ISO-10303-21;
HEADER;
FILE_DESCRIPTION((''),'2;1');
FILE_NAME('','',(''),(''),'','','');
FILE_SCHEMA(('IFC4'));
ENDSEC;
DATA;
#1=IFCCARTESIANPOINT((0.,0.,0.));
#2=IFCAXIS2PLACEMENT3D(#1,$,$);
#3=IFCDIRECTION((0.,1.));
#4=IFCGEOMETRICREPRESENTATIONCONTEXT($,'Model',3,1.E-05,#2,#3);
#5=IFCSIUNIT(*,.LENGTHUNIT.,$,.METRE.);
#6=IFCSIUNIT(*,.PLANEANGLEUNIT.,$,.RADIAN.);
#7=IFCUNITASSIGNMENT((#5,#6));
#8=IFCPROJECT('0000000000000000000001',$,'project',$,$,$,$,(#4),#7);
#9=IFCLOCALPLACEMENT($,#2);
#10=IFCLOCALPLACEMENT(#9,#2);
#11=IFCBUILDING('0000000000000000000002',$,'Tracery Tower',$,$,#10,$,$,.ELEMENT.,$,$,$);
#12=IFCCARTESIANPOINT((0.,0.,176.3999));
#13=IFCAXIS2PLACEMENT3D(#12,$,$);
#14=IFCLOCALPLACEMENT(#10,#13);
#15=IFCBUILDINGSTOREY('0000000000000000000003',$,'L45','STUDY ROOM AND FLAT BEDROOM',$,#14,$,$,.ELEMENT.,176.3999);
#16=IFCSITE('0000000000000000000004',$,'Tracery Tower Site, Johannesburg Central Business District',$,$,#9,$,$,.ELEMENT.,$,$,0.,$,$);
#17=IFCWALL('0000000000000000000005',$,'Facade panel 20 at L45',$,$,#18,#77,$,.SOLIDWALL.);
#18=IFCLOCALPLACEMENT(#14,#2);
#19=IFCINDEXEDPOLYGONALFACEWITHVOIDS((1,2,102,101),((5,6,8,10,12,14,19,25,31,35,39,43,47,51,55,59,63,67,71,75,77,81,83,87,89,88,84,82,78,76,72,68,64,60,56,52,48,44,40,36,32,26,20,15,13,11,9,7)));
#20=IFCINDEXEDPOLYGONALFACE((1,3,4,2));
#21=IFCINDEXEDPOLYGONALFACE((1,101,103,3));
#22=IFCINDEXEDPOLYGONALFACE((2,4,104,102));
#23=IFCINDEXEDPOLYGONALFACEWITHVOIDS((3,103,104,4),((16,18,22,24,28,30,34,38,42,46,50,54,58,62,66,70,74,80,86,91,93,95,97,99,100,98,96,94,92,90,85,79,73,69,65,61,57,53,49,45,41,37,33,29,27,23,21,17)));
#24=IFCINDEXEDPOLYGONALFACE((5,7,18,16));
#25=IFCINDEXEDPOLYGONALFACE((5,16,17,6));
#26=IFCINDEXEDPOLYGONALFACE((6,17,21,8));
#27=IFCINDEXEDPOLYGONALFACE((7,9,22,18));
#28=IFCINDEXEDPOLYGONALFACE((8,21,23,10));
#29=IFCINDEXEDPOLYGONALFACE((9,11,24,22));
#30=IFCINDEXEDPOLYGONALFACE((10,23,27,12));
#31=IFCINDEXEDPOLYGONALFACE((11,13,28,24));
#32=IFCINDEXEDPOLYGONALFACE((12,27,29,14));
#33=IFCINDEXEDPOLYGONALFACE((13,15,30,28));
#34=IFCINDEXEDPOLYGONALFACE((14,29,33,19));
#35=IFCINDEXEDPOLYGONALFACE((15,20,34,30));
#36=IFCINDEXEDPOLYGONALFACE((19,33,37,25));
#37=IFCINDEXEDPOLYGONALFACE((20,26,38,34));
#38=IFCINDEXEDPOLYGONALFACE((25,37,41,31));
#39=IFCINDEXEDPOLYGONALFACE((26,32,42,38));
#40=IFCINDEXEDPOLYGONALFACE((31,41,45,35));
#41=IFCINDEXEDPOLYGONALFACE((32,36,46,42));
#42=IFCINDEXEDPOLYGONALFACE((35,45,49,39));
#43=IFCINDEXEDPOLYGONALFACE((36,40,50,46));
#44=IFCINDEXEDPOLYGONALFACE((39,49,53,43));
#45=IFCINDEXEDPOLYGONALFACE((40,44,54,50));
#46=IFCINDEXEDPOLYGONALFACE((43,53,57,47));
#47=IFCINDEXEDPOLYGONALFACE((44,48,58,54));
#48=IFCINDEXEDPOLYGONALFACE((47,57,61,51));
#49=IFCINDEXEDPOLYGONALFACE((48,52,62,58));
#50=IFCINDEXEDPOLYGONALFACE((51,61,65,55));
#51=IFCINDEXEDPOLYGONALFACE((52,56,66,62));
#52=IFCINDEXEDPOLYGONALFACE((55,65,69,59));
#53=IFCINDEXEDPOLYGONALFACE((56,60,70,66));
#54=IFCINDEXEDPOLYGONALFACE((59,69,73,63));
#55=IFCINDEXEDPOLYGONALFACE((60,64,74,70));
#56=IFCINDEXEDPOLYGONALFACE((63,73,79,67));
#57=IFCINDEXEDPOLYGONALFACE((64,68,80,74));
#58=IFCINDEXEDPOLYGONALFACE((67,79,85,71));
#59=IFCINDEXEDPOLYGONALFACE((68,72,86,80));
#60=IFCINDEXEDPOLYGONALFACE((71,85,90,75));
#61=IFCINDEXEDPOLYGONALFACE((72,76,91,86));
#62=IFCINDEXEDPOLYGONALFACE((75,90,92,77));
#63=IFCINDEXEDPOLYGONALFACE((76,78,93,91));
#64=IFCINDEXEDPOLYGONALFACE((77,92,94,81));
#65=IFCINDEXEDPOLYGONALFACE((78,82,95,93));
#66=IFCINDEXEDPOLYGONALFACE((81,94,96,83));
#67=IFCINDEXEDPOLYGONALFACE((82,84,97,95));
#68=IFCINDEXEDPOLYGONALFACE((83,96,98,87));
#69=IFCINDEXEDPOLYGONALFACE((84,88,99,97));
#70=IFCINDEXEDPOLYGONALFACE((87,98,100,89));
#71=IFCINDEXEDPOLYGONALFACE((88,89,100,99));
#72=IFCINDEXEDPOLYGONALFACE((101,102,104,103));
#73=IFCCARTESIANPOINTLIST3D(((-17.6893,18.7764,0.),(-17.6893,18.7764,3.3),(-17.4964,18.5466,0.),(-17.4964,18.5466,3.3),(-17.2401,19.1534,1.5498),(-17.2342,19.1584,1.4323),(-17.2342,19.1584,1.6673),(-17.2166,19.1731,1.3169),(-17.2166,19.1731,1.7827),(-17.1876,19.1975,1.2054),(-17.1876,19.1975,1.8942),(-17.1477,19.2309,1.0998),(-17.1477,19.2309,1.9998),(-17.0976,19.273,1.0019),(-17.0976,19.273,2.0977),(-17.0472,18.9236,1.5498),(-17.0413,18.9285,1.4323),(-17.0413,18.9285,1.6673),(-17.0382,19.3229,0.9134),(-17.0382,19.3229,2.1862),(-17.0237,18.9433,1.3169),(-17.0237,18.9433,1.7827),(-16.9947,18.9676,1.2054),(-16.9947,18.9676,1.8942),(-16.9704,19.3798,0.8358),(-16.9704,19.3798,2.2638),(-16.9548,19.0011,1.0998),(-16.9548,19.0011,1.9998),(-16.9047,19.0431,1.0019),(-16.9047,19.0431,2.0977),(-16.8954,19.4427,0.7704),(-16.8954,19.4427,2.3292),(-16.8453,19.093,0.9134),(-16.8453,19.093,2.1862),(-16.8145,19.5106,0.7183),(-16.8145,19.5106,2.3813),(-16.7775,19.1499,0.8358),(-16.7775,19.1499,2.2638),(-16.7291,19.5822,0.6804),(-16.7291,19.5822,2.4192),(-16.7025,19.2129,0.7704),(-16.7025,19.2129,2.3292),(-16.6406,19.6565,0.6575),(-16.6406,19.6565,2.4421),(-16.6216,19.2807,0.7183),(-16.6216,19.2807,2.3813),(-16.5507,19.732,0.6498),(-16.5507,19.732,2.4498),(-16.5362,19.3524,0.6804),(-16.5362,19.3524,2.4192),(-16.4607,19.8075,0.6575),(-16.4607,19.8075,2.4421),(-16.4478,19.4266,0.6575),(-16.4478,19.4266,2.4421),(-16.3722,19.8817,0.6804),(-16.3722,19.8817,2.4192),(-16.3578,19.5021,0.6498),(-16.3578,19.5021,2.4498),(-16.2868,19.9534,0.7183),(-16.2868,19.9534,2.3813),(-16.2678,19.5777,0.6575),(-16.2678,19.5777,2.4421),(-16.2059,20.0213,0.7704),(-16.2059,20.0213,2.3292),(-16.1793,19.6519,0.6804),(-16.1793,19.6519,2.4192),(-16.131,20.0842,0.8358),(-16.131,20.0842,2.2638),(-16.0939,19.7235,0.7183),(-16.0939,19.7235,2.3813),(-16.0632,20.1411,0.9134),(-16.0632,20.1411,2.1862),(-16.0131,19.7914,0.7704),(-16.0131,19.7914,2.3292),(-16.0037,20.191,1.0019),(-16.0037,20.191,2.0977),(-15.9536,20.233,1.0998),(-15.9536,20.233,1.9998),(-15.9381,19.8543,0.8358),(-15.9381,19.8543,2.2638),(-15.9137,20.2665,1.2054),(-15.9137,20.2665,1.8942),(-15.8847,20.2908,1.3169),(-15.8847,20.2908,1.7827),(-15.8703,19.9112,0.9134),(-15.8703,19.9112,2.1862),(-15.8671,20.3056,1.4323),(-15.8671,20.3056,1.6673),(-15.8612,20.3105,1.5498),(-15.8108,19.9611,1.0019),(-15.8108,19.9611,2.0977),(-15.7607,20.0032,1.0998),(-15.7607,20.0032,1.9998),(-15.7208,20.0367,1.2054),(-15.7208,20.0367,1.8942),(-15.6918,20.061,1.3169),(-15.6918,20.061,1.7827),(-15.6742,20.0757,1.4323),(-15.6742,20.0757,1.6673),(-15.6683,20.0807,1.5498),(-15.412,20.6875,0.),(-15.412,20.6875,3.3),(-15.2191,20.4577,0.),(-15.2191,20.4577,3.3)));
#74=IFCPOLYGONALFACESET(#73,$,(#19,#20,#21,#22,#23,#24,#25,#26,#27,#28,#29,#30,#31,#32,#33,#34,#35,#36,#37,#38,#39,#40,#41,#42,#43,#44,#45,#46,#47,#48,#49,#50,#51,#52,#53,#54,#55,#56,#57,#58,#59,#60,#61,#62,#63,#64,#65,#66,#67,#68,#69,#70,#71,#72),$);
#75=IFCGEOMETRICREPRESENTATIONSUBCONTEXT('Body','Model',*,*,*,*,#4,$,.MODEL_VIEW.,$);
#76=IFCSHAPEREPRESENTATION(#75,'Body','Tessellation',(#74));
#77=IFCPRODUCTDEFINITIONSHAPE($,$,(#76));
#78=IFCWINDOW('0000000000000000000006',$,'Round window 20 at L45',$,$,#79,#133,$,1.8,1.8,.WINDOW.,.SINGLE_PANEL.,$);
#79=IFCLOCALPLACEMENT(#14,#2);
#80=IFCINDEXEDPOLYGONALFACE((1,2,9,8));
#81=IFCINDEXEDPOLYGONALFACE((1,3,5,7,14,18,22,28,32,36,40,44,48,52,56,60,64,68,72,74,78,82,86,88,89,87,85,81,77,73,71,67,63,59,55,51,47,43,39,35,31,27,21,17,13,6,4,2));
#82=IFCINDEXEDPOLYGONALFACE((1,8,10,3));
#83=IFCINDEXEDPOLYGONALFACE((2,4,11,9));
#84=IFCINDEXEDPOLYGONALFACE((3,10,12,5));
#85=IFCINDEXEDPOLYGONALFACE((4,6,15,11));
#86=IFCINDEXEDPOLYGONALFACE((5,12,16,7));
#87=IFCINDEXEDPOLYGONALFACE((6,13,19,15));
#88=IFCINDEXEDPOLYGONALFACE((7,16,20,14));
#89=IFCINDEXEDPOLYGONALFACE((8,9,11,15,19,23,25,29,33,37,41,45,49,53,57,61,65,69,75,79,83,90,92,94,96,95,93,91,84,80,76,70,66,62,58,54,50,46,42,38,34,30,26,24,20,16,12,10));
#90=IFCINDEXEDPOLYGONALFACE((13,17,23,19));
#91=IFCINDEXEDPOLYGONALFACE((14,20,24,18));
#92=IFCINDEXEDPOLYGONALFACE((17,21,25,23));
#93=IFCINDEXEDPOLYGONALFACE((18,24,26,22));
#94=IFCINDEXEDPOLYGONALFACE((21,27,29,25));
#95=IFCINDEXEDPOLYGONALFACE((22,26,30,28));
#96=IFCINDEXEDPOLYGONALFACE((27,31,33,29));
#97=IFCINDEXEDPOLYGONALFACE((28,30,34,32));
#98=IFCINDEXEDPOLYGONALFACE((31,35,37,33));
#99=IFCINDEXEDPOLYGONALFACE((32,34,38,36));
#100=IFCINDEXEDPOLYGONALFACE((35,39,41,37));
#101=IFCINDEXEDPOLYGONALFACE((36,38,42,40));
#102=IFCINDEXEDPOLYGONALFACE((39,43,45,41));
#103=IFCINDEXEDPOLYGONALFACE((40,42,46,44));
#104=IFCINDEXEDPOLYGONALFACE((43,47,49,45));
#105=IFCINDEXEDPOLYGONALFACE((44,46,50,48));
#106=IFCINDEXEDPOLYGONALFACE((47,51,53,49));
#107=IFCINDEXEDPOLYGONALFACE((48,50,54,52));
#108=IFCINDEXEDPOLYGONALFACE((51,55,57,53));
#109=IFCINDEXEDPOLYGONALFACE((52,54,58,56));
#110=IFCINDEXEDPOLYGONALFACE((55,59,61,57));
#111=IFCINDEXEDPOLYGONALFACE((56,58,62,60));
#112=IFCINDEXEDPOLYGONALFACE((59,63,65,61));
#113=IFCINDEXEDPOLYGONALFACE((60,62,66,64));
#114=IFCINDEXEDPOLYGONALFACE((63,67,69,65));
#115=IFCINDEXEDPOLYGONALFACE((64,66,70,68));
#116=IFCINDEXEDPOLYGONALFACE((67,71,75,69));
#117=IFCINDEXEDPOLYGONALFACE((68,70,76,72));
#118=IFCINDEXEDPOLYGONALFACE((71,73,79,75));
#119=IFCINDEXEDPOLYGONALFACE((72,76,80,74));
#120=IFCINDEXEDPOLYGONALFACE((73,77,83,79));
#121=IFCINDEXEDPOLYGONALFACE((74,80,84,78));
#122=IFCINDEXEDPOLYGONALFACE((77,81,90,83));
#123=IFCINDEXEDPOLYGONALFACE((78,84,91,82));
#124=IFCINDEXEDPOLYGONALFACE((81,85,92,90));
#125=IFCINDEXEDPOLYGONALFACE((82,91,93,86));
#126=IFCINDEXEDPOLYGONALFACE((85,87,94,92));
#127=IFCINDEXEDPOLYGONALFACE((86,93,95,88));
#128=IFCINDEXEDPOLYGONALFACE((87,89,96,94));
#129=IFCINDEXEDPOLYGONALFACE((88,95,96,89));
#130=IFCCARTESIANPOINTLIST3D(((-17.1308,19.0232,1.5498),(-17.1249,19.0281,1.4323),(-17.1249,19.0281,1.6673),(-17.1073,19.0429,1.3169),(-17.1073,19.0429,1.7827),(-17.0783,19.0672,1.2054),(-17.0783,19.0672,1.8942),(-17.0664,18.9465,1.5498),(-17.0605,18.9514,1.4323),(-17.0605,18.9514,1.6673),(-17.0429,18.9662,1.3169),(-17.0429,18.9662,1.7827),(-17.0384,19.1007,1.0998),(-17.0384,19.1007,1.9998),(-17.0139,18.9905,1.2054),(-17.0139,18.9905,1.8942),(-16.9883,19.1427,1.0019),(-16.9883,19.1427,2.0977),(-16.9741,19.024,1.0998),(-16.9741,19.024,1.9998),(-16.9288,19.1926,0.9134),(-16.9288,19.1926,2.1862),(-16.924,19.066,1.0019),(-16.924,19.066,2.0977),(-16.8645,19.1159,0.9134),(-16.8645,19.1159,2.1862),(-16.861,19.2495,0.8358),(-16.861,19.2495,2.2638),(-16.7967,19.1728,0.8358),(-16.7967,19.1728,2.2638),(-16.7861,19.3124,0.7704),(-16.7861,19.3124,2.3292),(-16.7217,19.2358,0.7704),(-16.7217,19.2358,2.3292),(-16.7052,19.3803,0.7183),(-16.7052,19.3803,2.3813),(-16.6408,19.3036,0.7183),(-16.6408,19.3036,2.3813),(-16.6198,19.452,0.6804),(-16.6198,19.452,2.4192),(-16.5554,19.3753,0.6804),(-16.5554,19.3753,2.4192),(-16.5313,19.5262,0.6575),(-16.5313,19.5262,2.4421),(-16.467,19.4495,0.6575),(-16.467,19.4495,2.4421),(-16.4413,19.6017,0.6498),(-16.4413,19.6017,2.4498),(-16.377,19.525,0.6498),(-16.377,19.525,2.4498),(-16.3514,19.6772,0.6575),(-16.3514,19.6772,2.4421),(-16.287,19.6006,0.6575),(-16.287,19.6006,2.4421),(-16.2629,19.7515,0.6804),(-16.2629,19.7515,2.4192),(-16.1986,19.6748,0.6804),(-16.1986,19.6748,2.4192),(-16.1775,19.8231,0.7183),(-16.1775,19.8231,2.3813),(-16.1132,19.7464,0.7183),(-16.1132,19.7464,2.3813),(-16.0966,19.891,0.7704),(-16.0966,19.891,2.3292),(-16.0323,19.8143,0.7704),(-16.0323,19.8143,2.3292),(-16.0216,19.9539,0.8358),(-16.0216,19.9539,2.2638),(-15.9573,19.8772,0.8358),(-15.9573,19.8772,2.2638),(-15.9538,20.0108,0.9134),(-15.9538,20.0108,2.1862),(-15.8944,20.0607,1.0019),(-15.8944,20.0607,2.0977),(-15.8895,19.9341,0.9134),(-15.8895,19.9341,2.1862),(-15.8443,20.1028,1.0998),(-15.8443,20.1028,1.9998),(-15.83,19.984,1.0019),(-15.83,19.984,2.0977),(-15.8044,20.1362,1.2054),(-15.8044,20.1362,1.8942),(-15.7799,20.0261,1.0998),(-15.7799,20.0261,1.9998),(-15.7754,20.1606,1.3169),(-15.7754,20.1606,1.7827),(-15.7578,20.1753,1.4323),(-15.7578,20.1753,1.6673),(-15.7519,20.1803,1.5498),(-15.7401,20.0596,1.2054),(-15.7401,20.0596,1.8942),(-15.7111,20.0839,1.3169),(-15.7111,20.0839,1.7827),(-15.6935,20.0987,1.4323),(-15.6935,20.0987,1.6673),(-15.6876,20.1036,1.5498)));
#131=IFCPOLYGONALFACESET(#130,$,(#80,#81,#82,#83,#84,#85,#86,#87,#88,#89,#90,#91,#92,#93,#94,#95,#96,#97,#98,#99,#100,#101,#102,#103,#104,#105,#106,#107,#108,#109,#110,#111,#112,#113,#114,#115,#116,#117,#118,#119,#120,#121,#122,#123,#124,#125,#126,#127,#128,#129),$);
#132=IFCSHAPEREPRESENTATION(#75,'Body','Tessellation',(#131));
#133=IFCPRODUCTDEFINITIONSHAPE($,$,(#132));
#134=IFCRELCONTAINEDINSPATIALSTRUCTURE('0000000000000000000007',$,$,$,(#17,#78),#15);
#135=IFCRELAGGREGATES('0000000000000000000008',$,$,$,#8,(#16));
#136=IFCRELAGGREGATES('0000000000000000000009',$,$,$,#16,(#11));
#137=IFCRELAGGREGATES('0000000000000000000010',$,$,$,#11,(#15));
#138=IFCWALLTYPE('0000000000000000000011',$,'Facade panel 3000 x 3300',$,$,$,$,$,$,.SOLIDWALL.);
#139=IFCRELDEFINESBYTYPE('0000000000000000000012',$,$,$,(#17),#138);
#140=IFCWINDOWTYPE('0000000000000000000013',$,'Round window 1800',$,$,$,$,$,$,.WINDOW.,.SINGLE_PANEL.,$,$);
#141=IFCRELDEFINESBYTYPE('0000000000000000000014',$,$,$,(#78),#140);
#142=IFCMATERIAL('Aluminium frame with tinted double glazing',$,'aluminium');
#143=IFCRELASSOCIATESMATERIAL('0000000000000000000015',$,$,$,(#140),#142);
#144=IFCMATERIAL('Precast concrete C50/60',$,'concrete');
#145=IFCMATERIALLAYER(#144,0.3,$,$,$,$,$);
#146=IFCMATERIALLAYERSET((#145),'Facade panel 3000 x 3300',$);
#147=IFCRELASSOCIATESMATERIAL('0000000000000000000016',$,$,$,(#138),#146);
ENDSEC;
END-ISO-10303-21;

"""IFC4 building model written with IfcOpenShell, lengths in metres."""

from ifc_helpers import new_model, si_unit, direction, frame, frame_2d, origin, origin_2d, place, context, subcontext, project, spatial, rectangle, circle, extrude, material, layer, layer_set, type_object, element, fill, save


model = new_model("IFC4")

# Units and contexts
model_context = context("Model", 3, precision=1e-05, world=origin(), true_north=direction((0.0, 1.0)))
body_context = subcontext(model_context, "Body", "Model", "MODEL_VIEW")
ifc_project = project(units=[si_unit("LENGTHUNIT", "METRE"), si_unit("PLANEANGLEUNIT", "RADIAN")], contexts=[model_context])

# Site, building, storey
site_placement = place(None, origin())
site = spatial("IfcSite", under=ifc_project, at=site_placement, Name="Tracery Tower Site, Johannesburg Central Business District", CompositionType="ELEMENT", RefElevation=0.0)
building_placement = place(site_placement, origin())
building = spatial("IfcBuilding", under=site, at=building_placement, Name="Tracery Tower", CompositionType="ELEMENT")
storey_placement = place(building_placement, frame((0.0, 0.0, 176.3999)))
storey = spatial("IfcBuildingStorey", under=building, at=storey_placement, Name="L45", Description="STUDY ROOM AND FLAT BEDROOM", CompositionType="ELEMENT", Elevation=176.3999)

# Wall, opening, window
ifc_material_1 = material(Name="Aluminium frame with tinted double glazing", Category="aluminium")
window_type = type_object("IfcWindowType", Name="Round window 1800", PartitioningType="SINGLE_PANEL", PredefinedType="WINDOW", material=ifc_material_1)
ifc_material_2 = material(Name="Precast concrete C50/60", Category="concrete")
ifc_layer_1 = layer(ifc_material_2, 0.3)
ifc_layer_set_1 = layer_set([ifc_layer_1], Name="Facade panel 3000 x 3300")
wall_type_1 = type_object("IfcWallType", Name="Facade panel 3000 x 3300", PredefinedType="SOLIDWALL", material=ifc_layer_set_1)
wall_1_placement = place(storey_placement, frame((-15.3157, 20.5725, 0.0), z_axis=(0.0, 0.0, 1.0), x_axis=(-0.766009, -0.64283, 0.0)))
wall_1 = element("IfcWall", 1, at=wall_1_placement, inside=storey, type_object=wall_type_1, Name="Facade panel 20 at L45", PredefinedType="SOLIDWALL", context=body_context, shape_type="SweptSolid", body=[
    extrude(rectangle(XDim=2.9729, YDim=0.3, at=frame_2d((1.4863, 0.0))), origin(), (0.0, 0.0, 1.0), 3.3),
])
opening_1_placement = place(wall_1_placement, frame((1.4863, 0.0, 1.5498)))
opening_1 = element("IfcOpeningElement", 2, at=opening_1_placement, cuts=wall_1, PredefinedType="OPENING", context=body_context, shape_type="SweptSolid", body=[
    extrude(circle(Radius=0.9, at=origin_2d()), frame((0.0, 0.1599, 0.0), z_axis=(0.0, -1.0, 0.0), x_axis=(1.0, 0.0, 0.0)), (0.0, 0.0, 1.0), 0.3201),
])
window_1_placement = place(opening_1_placement, origin())
window_1 = element("IfcWindow", 3, at=window_1_placement, inside=storey, type_object=window_type, Name="Round window 20 at L45", OverallHeight=1.8, OverallWidth=1.8, PartitioningType="SINGLE_PANEL", PredefinedType="WINDOW", context=body_context, shape_type="SweptSolid", body=[
    extrude(circle(Radius=0.9, at=origin_2d()), frame((0.0, 0.1201, 0.0), z_axis=(0.0, -1.0, 0.0), x_axis=(1.0, 0.0, 0.0)), (0.0, 0.0, 1.0), 0.1001),
])
fill(opening_1, window_1)

save(model, "model.ifc")
